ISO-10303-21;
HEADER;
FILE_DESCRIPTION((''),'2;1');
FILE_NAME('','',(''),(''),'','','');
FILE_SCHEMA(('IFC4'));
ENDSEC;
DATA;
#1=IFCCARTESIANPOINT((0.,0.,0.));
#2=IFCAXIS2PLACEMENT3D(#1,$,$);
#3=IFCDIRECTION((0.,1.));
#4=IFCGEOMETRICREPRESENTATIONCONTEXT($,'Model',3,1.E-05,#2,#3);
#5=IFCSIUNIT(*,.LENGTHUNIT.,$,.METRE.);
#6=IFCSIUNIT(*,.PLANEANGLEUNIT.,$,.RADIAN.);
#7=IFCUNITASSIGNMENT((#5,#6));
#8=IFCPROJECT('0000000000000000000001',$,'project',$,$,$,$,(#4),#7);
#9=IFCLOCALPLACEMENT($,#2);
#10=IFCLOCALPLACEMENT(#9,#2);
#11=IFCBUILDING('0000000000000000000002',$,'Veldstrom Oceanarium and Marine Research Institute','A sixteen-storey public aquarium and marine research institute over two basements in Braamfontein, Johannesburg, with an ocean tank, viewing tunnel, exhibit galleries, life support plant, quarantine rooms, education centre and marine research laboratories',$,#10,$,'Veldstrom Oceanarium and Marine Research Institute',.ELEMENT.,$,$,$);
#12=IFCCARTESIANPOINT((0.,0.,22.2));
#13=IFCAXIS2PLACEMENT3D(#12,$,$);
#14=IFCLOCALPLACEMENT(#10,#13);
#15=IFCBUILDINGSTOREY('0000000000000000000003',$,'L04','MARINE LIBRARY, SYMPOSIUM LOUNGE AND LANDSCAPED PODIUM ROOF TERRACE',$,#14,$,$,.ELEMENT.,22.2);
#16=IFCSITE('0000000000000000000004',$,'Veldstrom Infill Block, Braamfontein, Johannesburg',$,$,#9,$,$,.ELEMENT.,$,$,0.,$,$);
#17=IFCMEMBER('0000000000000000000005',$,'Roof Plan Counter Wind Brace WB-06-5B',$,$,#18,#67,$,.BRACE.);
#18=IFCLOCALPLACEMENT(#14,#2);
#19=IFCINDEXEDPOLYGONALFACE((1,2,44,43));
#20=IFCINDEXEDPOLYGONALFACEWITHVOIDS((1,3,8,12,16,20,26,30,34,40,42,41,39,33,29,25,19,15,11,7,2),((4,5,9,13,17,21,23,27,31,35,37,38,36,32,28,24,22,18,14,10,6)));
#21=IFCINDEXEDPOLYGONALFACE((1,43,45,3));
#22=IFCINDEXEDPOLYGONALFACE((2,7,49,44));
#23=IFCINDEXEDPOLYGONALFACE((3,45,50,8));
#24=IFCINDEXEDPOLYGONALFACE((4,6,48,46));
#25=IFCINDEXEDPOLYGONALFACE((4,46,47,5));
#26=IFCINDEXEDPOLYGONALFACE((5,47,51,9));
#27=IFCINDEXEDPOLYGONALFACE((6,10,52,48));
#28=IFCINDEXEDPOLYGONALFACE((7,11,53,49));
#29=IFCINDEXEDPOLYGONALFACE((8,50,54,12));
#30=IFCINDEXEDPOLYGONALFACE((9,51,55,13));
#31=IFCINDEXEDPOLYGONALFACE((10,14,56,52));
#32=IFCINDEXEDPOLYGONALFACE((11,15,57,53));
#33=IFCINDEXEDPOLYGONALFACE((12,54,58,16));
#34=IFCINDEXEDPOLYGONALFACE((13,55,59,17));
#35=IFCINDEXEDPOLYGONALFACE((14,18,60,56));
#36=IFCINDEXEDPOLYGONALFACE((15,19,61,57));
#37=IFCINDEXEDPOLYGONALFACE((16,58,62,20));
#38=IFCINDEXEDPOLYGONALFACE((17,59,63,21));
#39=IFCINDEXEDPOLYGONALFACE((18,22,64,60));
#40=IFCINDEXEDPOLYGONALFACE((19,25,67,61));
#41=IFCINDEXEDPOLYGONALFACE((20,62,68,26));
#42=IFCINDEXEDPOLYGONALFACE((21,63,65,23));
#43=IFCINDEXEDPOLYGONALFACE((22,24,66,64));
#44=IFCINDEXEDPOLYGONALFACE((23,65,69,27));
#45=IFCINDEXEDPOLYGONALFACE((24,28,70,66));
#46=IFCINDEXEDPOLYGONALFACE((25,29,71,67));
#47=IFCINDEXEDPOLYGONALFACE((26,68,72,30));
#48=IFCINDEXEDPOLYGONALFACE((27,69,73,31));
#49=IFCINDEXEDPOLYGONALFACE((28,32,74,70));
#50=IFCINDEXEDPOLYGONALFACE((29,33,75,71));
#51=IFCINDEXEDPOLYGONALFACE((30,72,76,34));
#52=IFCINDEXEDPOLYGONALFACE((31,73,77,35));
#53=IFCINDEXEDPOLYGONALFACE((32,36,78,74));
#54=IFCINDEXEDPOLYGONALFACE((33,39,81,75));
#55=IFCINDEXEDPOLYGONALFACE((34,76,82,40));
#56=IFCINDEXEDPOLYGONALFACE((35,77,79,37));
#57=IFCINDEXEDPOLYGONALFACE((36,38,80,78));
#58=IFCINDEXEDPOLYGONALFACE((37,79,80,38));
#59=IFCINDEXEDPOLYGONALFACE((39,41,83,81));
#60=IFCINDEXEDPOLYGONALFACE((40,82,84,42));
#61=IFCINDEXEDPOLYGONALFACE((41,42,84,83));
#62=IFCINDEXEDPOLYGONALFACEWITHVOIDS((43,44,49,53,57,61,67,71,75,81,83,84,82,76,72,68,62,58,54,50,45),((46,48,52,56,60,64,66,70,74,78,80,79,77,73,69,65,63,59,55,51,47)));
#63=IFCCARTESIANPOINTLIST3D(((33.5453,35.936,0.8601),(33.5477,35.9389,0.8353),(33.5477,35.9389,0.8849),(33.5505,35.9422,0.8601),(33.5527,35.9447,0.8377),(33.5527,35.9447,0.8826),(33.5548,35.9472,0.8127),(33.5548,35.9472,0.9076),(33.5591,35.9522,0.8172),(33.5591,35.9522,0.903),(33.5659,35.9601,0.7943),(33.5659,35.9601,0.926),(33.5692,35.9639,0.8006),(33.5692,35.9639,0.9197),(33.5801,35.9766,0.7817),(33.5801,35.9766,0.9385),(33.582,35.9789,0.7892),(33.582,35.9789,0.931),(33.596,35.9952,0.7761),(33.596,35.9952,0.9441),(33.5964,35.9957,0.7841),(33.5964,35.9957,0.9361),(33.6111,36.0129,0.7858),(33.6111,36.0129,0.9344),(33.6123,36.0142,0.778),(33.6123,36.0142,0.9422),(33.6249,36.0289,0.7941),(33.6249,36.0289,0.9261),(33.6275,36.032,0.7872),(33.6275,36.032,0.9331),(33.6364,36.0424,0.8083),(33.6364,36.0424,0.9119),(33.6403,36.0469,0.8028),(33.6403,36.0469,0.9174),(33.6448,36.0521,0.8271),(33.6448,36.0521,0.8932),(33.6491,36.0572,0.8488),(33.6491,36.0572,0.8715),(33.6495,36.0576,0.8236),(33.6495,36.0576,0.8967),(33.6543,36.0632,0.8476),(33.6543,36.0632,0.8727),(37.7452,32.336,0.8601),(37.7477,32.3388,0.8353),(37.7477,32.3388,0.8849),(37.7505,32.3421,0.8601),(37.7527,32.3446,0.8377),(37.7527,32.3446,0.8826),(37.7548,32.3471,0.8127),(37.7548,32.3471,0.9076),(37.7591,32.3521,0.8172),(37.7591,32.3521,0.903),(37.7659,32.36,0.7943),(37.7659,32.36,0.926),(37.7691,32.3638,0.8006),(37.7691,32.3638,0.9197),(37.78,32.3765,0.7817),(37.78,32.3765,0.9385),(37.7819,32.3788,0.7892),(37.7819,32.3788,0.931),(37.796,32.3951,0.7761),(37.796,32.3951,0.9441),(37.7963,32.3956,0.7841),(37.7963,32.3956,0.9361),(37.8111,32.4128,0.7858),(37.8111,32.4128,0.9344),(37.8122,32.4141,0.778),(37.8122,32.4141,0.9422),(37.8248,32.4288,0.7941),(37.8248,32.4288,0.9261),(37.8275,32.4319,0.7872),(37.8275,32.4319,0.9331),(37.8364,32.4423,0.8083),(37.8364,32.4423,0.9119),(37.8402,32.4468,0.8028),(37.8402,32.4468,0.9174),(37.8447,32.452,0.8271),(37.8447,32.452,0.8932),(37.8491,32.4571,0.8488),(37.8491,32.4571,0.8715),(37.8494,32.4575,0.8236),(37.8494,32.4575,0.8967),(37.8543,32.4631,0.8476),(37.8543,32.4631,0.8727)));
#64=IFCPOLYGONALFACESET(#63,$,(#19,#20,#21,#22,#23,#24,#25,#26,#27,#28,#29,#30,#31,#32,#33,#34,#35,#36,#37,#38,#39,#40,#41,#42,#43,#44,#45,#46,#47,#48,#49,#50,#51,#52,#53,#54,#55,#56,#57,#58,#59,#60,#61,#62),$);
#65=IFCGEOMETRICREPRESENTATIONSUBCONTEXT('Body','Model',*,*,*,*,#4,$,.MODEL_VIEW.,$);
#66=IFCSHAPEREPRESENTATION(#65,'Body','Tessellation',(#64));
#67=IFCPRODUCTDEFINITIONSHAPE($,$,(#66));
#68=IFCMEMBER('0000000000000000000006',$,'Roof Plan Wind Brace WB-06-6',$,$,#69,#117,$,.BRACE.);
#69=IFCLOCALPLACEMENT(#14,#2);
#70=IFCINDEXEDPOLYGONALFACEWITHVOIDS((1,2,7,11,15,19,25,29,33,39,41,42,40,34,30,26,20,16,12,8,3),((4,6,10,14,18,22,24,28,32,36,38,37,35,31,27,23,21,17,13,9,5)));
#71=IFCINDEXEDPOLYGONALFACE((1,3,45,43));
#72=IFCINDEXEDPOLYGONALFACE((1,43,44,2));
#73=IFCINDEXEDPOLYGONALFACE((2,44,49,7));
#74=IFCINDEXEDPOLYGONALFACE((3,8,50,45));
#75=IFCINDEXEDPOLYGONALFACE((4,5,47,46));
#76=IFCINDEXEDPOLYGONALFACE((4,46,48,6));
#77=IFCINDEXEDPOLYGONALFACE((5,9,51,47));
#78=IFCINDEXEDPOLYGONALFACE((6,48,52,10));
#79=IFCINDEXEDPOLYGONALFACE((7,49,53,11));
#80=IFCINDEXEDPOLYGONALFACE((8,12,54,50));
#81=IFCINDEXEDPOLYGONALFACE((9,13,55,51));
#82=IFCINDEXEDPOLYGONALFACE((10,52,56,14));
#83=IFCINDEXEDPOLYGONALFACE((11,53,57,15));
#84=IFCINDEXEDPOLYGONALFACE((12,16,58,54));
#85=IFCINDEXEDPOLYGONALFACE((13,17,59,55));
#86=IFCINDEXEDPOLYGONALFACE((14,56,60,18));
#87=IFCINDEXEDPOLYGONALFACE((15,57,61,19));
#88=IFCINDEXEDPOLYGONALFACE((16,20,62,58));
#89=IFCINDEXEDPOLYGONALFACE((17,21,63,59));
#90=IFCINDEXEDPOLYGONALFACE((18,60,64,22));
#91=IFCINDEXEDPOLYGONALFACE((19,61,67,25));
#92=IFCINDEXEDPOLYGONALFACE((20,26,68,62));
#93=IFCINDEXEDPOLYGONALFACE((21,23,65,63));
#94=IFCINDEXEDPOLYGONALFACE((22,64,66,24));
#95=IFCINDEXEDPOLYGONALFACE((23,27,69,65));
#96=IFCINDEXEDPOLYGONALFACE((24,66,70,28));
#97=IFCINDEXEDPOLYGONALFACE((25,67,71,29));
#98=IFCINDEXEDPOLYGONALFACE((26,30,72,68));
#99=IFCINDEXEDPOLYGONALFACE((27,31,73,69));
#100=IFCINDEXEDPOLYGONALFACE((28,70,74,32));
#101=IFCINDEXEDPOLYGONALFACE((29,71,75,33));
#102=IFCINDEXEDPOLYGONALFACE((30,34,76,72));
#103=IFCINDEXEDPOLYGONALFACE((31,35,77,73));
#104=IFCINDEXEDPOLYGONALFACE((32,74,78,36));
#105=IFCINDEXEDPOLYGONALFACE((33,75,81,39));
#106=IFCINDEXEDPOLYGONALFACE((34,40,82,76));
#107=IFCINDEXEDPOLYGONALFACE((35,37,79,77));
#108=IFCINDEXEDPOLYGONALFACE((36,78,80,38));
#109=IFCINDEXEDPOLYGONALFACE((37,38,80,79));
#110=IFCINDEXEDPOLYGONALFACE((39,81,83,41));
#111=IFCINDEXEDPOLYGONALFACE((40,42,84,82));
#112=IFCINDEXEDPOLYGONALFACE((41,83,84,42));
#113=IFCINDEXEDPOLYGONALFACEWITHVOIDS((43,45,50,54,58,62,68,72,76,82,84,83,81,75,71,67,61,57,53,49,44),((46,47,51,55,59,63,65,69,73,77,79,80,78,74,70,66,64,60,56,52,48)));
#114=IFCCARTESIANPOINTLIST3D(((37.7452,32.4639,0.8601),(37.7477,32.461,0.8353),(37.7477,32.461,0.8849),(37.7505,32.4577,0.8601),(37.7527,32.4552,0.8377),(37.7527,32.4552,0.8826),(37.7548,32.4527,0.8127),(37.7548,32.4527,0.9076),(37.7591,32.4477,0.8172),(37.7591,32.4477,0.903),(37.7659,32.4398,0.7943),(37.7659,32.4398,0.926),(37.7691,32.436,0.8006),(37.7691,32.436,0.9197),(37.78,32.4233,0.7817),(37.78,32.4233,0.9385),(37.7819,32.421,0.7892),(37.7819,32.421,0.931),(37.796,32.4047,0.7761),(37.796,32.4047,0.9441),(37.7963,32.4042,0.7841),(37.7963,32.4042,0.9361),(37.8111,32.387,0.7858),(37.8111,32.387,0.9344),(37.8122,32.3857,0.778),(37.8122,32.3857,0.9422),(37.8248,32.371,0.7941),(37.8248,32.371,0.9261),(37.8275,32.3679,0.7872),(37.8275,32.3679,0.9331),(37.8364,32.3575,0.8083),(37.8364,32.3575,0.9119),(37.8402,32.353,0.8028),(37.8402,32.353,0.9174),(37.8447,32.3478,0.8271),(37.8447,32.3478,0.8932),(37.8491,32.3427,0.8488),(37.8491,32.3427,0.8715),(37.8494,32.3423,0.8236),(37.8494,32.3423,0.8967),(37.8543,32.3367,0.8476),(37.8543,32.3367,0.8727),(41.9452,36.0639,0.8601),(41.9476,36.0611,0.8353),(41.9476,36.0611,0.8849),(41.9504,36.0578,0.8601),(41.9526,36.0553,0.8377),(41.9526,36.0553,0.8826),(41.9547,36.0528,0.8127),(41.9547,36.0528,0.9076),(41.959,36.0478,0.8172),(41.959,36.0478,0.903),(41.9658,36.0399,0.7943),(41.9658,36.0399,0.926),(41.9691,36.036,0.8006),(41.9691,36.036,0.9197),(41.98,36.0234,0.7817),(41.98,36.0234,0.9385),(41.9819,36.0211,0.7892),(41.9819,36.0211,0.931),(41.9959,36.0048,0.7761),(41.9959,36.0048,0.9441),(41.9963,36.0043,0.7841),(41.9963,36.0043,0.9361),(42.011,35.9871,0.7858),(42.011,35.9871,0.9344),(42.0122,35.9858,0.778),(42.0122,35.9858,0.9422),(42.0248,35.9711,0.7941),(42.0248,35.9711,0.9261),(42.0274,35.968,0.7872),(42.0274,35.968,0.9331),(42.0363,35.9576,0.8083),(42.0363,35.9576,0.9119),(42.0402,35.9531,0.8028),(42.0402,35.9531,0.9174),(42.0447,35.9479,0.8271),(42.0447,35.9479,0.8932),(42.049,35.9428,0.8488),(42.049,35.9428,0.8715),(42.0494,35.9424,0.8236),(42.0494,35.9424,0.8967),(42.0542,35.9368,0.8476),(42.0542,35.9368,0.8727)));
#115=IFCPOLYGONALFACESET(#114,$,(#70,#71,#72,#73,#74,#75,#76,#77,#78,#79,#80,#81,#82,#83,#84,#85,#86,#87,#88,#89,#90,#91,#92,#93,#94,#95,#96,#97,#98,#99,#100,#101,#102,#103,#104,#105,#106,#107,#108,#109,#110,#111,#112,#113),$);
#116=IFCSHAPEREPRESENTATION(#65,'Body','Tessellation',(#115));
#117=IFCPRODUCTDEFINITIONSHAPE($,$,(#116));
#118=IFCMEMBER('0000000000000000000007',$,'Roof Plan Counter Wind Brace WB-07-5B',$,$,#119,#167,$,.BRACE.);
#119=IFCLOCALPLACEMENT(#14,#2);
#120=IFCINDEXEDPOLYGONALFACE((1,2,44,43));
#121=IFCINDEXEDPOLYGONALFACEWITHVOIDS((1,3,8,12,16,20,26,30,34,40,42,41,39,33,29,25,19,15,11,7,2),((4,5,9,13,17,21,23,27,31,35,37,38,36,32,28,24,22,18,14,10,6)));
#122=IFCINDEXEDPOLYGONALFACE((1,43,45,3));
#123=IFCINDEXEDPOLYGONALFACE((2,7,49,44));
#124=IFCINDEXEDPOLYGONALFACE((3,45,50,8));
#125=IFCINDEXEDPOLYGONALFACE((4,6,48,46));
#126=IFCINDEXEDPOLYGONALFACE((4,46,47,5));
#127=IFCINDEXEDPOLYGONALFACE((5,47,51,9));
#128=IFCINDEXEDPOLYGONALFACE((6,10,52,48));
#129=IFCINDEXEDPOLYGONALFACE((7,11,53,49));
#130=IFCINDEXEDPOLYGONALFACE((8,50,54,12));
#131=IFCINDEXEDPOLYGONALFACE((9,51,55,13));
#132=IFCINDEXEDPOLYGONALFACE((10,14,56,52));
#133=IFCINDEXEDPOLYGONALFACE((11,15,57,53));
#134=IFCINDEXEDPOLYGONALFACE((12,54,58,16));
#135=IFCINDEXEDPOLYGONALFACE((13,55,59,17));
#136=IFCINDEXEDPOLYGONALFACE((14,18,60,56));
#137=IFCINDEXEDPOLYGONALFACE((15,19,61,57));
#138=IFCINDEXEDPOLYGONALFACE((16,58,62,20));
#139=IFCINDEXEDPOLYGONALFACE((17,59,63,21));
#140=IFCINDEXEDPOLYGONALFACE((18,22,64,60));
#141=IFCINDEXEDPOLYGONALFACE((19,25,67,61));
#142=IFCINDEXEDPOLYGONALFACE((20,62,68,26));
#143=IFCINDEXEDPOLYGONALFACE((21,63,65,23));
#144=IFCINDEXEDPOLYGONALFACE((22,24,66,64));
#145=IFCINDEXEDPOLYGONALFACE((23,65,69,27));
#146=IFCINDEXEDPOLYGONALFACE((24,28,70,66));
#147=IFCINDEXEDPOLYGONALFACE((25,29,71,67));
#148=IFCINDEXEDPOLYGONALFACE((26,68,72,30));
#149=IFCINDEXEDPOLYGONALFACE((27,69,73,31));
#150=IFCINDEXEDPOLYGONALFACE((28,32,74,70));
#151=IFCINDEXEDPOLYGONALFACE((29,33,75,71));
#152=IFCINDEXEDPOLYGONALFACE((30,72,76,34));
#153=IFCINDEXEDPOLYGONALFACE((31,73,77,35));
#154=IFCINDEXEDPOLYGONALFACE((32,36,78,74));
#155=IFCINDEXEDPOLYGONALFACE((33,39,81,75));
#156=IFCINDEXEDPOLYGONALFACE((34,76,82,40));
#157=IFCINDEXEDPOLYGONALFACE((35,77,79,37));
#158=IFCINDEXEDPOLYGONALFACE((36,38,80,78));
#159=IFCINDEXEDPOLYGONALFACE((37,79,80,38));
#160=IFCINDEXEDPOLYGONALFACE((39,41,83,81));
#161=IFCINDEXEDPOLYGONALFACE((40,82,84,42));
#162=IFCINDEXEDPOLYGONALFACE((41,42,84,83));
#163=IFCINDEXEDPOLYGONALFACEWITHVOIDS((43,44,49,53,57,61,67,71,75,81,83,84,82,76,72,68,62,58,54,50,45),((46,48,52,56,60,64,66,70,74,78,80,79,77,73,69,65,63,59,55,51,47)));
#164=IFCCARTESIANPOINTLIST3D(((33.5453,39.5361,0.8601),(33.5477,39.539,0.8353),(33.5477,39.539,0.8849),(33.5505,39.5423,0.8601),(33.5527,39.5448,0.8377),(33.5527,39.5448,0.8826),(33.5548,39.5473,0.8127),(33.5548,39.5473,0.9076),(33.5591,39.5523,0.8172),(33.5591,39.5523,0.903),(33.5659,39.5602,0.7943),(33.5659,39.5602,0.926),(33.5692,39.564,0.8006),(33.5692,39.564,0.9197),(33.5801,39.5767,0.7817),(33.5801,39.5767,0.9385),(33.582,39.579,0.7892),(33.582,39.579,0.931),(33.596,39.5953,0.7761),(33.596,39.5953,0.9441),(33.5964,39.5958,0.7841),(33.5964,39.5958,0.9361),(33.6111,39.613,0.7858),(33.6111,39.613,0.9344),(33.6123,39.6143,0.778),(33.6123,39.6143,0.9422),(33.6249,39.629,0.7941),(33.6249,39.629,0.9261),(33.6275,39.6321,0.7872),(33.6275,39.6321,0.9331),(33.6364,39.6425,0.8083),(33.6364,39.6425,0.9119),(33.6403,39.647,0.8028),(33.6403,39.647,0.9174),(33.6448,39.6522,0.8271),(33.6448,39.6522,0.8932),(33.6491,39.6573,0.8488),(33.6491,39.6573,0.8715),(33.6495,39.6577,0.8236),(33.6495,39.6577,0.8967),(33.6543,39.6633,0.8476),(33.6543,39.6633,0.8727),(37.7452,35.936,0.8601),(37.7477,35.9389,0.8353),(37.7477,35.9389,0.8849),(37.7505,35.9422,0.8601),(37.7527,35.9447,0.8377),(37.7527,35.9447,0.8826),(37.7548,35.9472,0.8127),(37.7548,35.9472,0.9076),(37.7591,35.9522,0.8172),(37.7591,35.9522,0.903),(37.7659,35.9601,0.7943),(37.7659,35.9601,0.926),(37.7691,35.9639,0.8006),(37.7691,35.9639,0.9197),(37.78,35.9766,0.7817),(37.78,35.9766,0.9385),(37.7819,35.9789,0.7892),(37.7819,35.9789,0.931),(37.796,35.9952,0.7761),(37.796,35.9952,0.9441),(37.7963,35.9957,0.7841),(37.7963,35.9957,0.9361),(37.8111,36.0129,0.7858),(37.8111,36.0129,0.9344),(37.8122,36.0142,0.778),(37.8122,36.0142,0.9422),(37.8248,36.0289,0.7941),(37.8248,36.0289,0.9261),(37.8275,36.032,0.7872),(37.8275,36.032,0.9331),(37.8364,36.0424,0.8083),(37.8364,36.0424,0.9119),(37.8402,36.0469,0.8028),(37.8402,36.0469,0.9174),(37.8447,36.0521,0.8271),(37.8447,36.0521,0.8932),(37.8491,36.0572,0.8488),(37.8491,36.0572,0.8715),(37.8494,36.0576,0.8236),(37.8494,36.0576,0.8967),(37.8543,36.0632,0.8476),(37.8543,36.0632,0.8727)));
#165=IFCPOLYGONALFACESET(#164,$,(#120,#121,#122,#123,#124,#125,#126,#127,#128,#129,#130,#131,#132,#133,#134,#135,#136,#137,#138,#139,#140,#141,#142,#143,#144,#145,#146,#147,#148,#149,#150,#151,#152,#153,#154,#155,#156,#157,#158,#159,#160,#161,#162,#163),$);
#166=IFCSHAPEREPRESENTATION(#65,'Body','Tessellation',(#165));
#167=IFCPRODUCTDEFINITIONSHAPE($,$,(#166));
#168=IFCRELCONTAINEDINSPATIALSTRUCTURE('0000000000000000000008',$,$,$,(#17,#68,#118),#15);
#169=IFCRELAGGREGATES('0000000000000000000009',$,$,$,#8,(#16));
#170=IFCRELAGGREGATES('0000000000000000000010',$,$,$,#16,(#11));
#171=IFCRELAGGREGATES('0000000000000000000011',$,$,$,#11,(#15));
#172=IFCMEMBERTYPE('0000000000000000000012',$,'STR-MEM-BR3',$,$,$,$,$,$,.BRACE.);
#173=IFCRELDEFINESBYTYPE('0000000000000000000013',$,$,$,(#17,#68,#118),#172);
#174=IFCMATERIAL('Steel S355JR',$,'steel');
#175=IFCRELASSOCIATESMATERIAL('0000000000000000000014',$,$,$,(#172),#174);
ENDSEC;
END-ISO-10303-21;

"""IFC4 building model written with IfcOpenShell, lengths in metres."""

from ifc_helpers import new_model, si_unit, direction, frame, origin, origin_2d, place, context, subcontext, project, spatial, hollow_circle, extrude, material, material_profile, profile_set, type_object, element, save


model = new_model("IFC4")

# Units and contexts
model_context = context("Model", 3, precision=1e-05, world=origin(), true_north=direction((0.0, 1.0)))
body_context = subcontext(model_context, "Body", "Model", "MODEL_VIEW")
ifc_project = project(units=[si_unit("LENGTHUNIT", "METRE"), si_unit("PLANEANGLEUNIT", "RADIAN")], contexts=[model_context])

# Site, building, storey
site_placement = place(None, origin())
site = spatial("IfcSite", under=ifc_project, at=site_placement, Name="Veldstrom Infill Block, Braamfontein, Johannesburg", CompositionType="ELEMENT", RefElevation=0.0)
building_placement = place(site_placement, origin())
building = spatial("IfcBuilding", under=site, at=building_placement, Name="Veldstrom Oceanarium and Marine Research Institute", Description="A sixteen-storey public aquarium and marine research institute over two basements in Braamfontein, Johannesburg, with an ocean tank, viewing tunnel, exhibit galleries, life support plant, quarantine rooms, education centre and marine research laboratories", LongName="Veldstrom Oceanarium and Marine Research Institute", CompositionType="ELEMENT")
storey_placement = place(building_placement, frame((0.0, 0.0, 22.2)))
storey = spatial("IfcBuildingStorey", under=building, at=storey_placement, Name="L04", Description="MARINE LIBRARY, SYMPOSIUM LOUNGE AND LANDSCAPED PODIUM ROOF TERRACE", CompositionType="ELEMENT", Elevation=22.2)

# Members
ifc_material_1 = material(Name="Steel S355JR", Category="steel")
ifc_material_profile_1 = material_profile(ifc_material_1, hollow_circle(Radius=0.0842, WallThickness=0.0081, at=origin_2d()), Name="CHS 168.3x8")
ifc_profile_set_1 = profile_set([ifc_material_profile_1], Name="Steel S355JR")
member_type_1 = type_object("IfcMemberType", Name="STR-MEM-BR3", PredefinedType="BRACE", material=ifc_profile_set_1)
for number, where, z_axis, x_axis, name in (
    (1, (37.8, 32.3999, 0.8601), (-0.759244, 0.650806, 0.0), (-0.650806, -0.759244, 0.0), "Roof Plan Counter Wind Brace WB-06-5B"),
    (2, (37.8, 32.3999, 0.8601), (0.759244, 0.650806, 0.0), (-0.650806, 0.759244, 0.0), "Roof Plan Wind Brace WB-06-6"),
    (3, (37.8, 36.0, 0.8601), (-0.759244, 0.650806, 0.0), (-0.650806, -0.759244, 0.0), "Roof Plan Counter Wind Brace WB-07-5B"),
):
    element("IfcMember", number, at=place(storey_placement, frame(where, z_axis=z_axis, x_axis=x_axis)), inside=storey, type_object=member_type_1, Name=name, PredefinedType="BRACE", context=body_context, shape_type="SweptSolid", body=[
        extrude(hollow_circle(Radius=0.0842, WallThickness=0.0081, at=origin_2d()), origin(), (0.0, 0.0, 1.0), 5.5317),
    ])

save(model, "model.ifc")
